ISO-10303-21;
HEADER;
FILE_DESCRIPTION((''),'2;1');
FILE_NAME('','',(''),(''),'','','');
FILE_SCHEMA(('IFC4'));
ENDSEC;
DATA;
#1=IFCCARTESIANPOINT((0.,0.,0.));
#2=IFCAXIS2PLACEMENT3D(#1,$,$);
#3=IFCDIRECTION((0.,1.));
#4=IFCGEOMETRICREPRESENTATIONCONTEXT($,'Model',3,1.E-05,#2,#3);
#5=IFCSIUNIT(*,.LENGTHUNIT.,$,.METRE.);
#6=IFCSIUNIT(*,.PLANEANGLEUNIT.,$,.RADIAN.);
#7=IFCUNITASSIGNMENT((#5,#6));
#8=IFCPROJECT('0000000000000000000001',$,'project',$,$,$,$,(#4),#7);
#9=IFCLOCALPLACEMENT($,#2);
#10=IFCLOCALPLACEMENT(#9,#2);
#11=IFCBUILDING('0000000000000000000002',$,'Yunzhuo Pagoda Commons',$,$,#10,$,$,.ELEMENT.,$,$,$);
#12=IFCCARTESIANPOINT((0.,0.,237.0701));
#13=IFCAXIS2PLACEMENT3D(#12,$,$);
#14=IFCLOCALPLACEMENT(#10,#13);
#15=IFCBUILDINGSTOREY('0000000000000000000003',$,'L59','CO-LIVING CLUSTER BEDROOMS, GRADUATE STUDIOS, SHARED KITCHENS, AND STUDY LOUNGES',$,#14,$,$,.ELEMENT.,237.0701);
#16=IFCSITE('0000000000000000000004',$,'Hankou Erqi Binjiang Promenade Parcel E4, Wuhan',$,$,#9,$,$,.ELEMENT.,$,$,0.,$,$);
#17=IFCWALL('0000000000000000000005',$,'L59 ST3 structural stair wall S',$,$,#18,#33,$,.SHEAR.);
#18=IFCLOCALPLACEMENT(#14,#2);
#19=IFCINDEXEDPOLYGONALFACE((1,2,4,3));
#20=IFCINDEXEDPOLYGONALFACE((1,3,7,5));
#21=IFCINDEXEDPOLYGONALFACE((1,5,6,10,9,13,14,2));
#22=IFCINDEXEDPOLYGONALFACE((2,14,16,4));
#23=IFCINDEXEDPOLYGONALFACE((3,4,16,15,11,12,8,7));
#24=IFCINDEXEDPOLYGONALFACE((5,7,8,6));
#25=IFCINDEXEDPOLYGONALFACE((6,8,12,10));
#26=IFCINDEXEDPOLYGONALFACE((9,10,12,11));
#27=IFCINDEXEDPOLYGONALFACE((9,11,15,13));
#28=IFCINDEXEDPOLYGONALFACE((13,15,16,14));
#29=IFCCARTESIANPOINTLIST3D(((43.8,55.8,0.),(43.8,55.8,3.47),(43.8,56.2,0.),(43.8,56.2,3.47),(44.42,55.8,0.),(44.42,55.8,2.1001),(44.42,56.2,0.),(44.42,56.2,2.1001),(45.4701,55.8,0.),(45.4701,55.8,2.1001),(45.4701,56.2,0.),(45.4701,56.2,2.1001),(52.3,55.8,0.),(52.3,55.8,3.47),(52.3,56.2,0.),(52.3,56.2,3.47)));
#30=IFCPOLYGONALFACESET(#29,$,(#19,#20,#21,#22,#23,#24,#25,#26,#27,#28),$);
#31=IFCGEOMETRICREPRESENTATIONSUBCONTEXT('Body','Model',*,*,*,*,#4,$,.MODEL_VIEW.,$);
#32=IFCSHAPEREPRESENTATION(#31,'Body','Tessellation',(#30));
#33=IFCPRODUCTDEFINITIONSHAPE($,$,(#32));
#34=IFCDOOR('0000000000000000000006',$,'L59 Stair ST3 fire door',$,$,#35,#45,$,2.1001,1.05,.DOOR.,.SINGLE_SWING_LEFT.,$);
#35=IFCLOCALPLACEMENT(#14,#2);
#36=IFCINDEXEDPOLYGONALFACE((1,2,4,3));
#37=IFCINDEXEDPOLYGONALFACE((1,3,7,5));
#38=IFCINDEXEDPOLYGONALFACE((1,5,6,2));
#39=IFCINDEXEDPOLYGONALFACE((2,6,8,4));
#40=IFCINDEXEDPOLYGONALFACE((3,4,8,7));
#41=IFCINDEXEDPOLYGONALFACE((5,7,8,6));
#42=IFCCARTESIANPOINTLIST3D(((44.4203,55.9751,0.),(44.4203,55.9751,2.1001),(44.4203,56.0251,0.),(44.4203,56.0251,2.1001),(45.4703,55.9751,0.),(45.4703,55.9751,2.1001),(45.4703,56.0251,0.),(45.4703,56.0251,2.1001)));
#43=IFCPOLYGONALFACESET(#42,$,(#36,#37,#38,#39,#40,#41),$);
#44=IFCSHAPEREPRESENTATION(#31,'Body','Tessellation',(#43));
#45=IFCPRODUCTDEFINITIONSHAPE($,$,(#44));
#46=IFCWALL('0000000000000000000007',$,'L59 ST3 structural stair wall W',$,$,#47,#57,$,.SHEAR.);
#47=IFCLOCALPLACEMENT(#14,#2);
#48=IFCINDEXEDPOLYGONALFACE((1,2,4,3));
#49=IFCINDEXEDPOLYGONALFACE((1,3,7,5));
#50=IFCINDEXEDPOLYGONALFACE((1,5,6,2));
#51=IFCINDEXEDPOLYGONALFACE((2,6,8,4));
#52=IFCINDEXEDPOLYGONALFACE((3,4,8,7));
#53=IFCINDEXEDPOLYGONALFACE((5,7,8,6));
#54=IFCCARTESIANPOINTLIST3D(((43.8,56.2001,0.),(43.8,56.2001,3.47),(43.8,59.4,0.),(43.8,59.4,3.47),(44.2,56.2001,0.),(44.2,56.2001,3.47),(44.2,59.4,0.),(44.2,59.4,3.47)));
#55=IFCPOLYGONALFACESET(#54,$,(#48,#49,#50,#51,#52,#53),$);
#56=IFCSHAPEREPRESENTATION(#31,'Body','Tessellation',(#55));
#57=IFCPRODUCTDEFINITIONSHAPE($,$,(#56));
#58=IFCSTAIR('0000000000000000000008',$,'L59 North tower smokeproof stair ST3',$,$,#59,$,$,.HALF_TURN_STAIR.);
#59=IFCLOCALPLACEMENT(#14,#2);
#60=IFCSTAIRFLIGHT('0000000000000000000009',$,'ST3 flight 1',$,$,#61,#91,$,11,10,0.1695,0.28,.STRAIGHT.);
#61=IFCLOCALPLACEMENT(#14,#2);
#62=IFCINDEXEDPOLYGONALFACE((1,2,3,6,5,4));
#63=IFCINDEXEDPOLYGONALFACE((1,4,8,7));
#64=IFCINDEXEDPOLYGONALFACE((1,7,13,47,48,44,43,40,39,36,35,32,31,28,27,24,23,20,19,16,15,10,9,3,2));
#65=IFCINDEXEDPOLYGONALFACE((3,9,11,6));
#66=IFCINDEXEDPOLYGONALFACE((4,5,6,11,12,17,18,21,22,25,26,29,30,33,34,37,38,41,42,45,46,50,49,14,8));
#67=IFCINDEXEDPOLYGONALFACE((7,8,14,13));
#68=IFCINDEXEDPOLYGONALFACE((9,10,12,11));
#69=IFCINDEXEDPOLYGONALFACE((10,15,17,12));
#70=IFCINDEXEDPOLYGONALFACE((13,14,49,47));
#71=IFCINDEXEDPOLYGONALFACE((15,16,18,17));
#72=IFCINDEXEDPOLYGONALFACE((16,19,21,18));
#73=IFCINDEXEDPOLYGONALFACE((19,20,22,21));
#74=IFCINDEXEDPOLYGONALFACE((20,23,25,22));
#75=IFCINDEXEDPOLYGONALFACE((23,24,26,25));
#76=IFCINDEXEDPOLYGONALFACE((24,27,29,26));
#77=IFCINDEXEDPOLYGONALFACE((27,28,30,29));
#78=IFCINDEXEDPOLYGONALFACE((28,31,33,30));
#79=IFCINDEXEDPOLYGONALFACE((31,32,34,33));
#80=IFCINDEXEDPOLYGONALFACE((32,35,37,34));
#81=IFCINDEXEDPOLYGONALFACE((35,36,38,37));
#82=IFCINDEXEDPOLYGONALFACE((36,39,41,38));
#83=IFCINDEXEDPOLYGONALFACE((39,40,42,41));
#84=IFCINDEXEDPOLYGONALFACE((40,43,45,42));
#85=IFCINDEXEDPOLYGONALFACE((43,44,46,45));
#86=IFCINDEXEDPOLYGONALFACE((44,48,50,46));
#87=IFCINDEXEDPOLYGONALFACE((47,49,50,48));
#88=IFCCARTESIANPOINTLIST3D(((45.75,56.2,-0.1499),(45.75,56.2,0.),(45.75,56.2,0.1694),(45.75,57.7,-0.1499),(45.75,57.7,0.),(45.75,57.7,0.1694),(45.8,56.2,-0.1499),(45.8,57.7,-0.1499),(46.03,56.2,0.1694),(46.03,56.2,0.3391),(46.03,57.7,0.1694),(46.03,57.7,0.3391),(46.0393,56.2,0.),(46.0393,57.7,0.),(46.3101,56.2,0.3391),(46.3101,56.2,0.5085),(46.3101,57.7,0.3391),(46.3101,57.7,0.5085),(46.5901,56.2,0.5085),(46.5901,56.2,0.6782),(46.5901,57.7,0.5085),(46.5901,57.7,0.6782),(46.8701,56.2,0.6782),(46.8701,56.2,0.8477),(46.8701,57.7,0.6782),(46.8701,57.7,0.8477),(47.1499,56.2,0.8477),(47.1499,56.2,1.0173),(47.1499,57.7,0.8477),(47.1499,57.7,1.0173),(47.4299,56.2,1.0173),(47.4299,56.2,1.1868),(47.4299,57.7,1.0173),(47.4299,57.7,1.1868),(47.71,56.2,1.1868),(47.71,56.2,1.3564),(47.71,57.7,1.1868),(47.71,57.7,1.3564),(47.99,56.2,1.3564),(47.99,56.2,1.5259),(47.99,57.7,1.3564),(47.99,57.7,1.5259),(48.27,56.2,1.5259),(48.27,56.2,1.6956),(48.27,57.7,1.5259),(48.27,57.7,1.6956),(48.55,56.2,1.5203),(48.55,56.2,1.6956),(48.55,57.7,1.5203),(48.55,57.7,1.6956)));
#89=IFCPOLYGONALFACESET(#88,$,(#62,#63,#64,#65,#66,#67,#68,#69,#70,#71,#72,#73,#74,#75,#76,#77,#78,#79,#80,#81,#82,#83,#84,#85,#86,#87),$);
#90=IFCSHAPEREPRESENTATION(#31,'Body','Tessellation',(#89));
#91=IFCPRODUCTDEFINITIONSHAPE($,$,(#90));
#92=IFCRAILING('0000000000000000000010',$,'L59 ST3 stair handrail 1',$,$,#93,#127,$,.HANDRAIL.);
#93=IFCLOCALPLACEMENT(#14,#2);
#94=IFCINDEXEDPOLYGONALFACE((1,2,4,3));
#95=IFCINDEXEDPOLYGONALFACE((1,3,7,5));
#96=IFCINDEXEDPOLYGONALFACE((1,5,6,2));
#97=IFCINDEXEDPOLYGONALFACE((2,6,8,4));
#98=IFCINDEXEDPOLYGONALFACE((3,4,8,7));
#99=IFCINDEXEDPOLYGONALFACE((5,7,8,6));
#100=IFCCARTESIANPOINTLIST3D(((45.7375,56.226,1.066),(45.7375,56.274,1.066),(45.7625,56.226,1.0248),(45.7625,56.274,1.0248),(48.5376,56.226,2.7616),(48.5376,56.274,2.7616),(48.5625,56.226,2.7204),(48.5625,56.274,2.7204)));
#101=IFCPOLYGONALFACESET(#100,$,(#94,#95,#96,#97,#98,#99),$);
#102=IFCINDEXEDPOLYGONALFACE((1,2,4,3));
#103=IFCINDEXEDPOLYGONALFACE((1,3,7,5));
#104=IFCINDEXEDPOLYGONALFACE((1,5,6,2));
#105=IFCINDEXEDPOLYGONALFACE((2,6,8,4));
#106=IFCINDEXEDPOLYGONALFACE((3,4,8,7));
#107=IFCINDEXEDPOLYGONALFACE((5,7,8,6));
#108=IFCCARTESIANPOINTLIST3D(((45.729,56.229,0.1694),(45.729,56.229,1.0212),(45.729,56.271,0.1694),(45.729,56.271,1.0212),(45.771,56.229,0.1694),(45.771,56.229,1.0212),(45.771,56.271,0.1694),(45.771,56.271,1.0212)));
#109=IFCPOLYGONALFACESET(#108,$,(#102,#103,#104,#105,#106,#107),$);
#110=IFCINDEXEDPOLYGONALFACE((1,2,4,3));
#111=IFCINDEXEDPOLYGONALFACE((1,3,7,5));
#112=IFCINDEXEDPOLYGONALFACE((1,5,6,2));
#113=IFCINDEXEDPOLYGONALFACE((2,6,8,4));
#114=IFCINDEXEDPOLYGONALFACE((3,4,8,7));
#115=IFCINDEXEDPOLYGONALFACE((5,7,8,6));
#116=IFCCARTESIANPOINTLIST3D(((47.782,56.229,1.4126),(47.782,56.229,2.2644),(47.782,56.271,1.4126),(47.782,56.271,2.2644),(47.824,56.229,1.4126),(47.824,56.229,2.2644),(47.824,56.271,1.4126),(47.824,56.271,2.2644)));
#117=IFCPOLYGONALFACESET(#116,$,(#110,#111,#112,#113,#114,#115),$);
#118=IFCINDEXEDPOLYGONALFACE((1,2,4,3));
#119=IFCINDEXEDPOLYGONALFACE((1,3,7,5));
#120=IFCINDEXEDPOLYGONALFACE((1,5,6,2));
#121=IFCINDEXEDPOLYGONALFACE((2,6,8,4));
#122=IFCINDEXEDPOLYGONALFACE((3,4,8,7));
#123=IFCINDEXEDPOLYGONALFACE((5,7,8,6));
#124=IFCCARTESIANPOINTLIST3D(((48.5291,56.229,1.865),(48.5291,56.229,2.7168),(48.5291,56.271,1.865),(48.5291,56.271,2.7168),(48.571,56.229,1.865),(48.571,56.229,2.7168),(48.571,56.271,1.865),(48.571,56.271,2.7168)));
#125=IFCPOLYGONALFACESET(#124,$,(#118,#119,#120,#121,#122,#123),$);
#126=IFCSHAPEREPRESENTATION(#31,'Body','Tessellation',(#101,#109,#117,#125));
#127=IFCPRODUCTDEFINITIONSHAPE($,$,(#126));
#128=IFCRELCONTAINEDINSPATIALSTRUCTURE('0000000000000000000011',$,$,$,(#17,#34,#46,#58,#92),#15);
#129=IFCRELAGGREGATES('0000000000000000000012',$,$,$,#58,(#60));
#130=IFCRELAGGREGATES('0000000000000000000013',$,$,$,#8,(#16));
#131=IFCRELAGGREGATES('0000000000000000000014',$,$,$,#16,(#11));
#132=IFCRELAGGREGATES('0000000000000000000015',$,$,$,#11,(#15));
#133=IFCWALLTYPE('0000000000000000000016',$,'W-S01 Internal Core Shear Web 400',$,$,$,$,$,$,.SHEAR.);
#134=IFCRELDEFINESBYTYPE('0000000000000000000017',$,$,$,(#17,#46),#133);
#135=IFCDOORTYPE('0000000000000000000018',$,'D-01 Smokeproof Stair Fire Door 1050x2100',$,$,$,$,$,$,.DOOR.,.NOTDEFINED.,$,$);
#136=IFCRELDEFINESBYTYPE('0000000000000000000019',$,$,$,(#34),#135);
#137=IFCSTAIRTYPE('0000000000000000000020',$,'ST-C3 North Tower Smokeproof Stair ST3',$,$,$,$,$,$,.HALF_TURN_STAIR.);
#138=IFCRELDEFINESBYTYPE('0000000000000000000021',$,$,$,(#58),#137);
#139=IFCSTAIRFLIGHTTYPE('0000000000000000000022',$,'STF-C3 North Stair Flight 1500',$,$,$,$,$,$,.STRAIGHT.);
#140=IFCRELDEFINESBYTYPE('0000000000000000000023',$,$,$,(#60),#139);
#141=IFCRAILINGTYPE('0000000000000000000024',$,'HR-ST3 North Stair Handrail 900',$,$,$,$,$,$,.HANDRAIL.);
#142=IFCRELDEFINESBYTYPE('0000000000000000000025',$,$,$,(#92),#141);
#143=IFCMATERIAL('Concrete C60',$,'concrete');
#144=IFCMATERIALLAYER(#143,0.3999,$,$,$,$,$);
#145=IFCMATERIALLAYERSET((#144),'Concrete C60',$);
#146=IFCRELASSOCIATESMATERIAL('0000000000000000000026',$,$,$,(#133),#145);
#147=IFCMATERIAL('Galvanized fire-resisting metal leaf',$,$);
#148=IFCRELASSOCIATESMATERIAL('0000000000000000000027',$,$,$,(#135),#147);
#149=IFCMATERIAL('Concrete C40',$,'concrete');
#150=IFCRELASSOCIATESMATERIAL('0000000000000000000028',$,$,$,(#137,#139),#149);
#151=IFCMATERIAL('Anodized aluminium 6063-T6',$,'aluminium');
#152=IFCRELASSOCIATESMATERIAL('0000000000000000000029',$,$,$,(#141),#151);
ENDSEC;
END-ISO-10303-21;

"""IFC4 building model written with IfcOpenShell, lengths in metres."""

from ifc_helpers import new_model, si_unit, direction, frame, frame_2d, origin, origin_2d, place, context, subcontext, project, spatial, polyline, rectangle, outline, extrude, source, transform, mapped, material, layer, layer_set, type_object, element, fill, aggregate, save


model = new_model("IFC4")

# Units and contexts
model_context = context("Model", 3, precision=1e-05, world=origin(), true_north=direction((0.0, 1.0)))
body_context = subcontext(model_context, "Body", "Model", "MODEL_VIEW")
ifc_project = project(units=[si_unit("LENGTHUNIT", "METRE"), si_unit("PLANEANGLEUNIT", "RADIAN")], contexts=[model_context])

# Site, building, storey
site_placement = place(None, origin())
site = spatial("IfcSite", under=ifc_project, at=site_placement, Name="Hankou Erqi Binjiang Promenade Parcel E4, Wuhan", CompositionType="ELEMENT", RefElevation=0.0)
building_placement = place(site_placement, origin())
building = spatial("IfcBuilding", under=site, at=building_placement, Name="Yunzhuo Pagoda Commons", CompositionType="ELEMENT")
storey_placement = place(building_placement, frame((0.0, 0.0, 237.0701)))
storey = spatial("IfcBuildingStorey", under=building, at=storey_placement, Name="L59", Description="CO-LIVING CLUSTER BEDROOMS, GRADUATE STUDIOS, SHARED KITCHENS, AND STUDY LOUNGES", CompositionType="ELEMENT", Elevation=237.0701)

# Shared definitions
ifc_material_1 = material(Name="Anodized aluminium 6063-T6", Category="aluminium")

# Wall, opening, door
ifc_material_2 = material(Name="Concrete C60", Category="concrete")
ifc_layer_1 = layer(ifc_material_2, 0.3999)
ifc_layer_set_1 = layer_set([ifc_layer_1], Name="Concrete C60")
wall_type = type_object("IfcWallType", Name="W-S01 Internal Core Shear Web 400", PredefinedType="SHEAR", material=ifc_layer_set_1)
wall_1_placement = place(storey_placement, frame((43.8, 56.0, 0.0), z_axis=(0.0, 0.0, 1.0), x_axis=(1.0, 0.0, 0.0)))
wall_1 = element("IfcWall", 1, at=wall_1_placement, inside=storey, type_object=wall_type, Name="L59 ST3 structural stair wall S", PredefinedType="SHEAR", context=body_context, shape_type="SweptSolid", body=[
    extrude(rectangle(XDim=8.5, YDim=0.3999, at=frame_2d((4.25, 0.0))), origin(), (0.0, 0.0, 1.0), 3.47),
])
opening_placement = place(wall_1_placement, frame((0.6201, 0.0, 0.0)))
opening = element("IfcOpeningElement", 2, at=opening_placement, cuts=wall_1, PredefinedType="OPENING", context=body_context, shape_type="SweptSolid", body=[
    extrude(rectangle(XDim=1.05, YDim=2.1001, at=frame_2d((0.5249, 1.05))), frame((0.0, 0.21, 0.0), z_axis=(0.0, -1.0, 0.0), x_axis=(1.0, 0.0, 0.0)), (0.0, 0.0, 1.0), 0.4199),
])
ifc_material_3 = material(Name="Galvanized fire-resisting metal leaf")
door_type = type_object("IfcDoorType", Name="D-01 Smokeproof Stair Fire Door 1050x2100", OperationType="NOTDEFINED", PredefinedType="DOOR", material=ifc_material_3)
shared_shape_1 = source(origin(), body_context, "Body", "SweptSolid", [
    extrude(rectangle(XDim=1.05, YDim=2.1001, at=frame_2d((0.5249, 1.05))), frame((0.0, 0.0249, 0.0), z_axis=(0.0, -1.0, 0.0), x_axis=(1.0, 0.0, 0.0)), (0.0, 0.0, 1.0), 0.05),
])
door_placement = place(opening_placement, frame((1.05, 0.0, 0.0), z_axis=(0.0, 0.0, 1.0), x_axis=(-1.0, 0.0, 0.0)))
door = element("IfcDoor", 3, at=door_placement, inside=storey, type_object=door_type, Name="L59 Stair ST3 fire door", OperationType="SINGLE_SWING_LEFT", OverallHeight=2.1001, OverallWidth=1.05, PredefinedType="DOOR", context=body_context, shape_type="MappedRepresentation", body=[
    mapped(shared_shape_1, transform((0.0, 0.0, 0.0), scale=1.0)),
])
fill(opening, door)

# Wall
wall_2_placement = place(storey_placement, frame((44.0, 56.2, 0.0), z_axis=(0.0, 0.0, 1.0), x_axis=(0.0, 1.0, 0.0)))
element("IfcWall", 4, at=wall_2_placement, inside=storey, type_object=wall_type, Name="L59 ST3 structural stair wall W", PredefinedType="SHEAR", context=body_context, shape_type="SweptSolid", body=[
    extrude(rectangle(XDim=3.2, YDim=0.3999, at=frame_2d((1.6001, 0.0))), origin(), (0.0, 0.0, 1.0), 3.47),
])

# Stair, stair flight
ifc_material_4 = material(Name="Concrete C40", Category="concrete")
stair_type = type_object("IfcStairType", Name="ST-C3 North Tower Smokeproof Stair ST3", PredefinedType="HALF_TURN_STAIR", material=ifc_material_4)
stair_placement = place(storey_placement, origin())
stair = element("IfcStair", 5, at=stair_placement, inside=storey, type_object=stair_type, Name="L59 North tower smokeproof stair ST3", PredefinedType="HALF_TURN_STAIR")
stair_flight_type = type_object("IfcStairFlightType", Name="STF-C3 North Stair Flight 1500", PredefinedType="STRAIGHT", material=ifc_material_4)
shared_shape_2 = source(origin(), body_context, "Body", "SweptSolid", [
    extrude(outline(polyline([(0.0, -0.1499), (0.0, 0.0), (0.0, 0.1694), (0.28, 0.1694), (0.28, 0.3391), (0.5601, 0.3391), (0.5601, 0.5085), (0.8401, 0.5085), (0.8401, 0.6782), (1.1201, 0.6782), (1.1201, 0.8477), (1.3999, 0.8477), (1.3999, 1.0173), (1.6799, 1.0173), (1.6799, 1.1868), (1.96, 1.1868), (1.96, 1.3564), (2.24, 1.3564), (2.24, 1.5259), (2.52, 1.5259), (2.52, 1.6956), (2.8, 1.6956), (2.8, 1.865), (2.8, 1.5203), (0.2893, 0.0), (0.05, -0.1499), (0.0, -0.1499)])), frame((0.0, 0.75, 0.0), z_axis=(0.0, -1.0, 0.0), x_axis=(1.0, 0.0, 0.0)), (0.0, 0.0, 1.0), 1.5),
])
stair_flight_placement = place(storey_placement, frame((45.75, 56.95, 0.0), z_axis=(0.0, 0.0, 1.0), x_axis=(1.0, 0.0, 0.0)))
stair_flight = element("IfcStairFlight", 6, at=stair_flight_placement, type_object=stair_flight_type, Name="ST3 flight 1", NumberOfRisers=11, NumberOfTreads=10, PredefinedType="STRAIGHT", RiserHeight=0.1695, TreadLength=0.28, context=body_context, shape_type="MappedRepresentation", body=[
    mapped(shared_shape_2, transform((0.0, 0.0, 0.0), scale=1.0)),
])
aggregate(stair, [stair_flight])

# Railing
railing_type = type_object("IfcRailingType", Name="HR-ST3 North Stair Handrail 900", PredefinedType="HANDRAIL", material=ifc_material_1)
railing_placement = place(storey_placement, frame((45.75, 56.25, 0.1694)))
element("IfcRailing", 7, at=railing_placement, inside=storey, type_object=railing_type, Name="L59 ST3 stair handrail 1", PredefinedType="HANDRAIL", context=body_context, shape_type="SweptSolid", body=[
    extrude(rectangle(XDim=0.0481, YDim=0.0481, at=origin_2d()), frame((0.0, 0.0, 0.876), z_axis=(0.855393, 0.0, 0.517979), x_axis=(0.0, 1.0, 0.0)), (0.0, 0.0, 1.0), 3.2734),
    extrude(rectangle(XDim=0.042, YDim=0.042, at=origin_2d()), origin(), (0.0, 0.0, 1.0), 0.8518),
    extrude(rectangle(XDim=0.042, YDim=0.042, at=origin_2d()), frame((2.053, 0.0, 1.2432)), (0.0, 0.0, 1.0), 0.8518),
    extrude(rectangle(XDim=0.042, YDim=0.042, at=origin_2d()), frame((2.8, 0.0, 1.6956)), (0.0, 0.0, 1.0), 0.8518),
])

save(model, "model.ifc")
